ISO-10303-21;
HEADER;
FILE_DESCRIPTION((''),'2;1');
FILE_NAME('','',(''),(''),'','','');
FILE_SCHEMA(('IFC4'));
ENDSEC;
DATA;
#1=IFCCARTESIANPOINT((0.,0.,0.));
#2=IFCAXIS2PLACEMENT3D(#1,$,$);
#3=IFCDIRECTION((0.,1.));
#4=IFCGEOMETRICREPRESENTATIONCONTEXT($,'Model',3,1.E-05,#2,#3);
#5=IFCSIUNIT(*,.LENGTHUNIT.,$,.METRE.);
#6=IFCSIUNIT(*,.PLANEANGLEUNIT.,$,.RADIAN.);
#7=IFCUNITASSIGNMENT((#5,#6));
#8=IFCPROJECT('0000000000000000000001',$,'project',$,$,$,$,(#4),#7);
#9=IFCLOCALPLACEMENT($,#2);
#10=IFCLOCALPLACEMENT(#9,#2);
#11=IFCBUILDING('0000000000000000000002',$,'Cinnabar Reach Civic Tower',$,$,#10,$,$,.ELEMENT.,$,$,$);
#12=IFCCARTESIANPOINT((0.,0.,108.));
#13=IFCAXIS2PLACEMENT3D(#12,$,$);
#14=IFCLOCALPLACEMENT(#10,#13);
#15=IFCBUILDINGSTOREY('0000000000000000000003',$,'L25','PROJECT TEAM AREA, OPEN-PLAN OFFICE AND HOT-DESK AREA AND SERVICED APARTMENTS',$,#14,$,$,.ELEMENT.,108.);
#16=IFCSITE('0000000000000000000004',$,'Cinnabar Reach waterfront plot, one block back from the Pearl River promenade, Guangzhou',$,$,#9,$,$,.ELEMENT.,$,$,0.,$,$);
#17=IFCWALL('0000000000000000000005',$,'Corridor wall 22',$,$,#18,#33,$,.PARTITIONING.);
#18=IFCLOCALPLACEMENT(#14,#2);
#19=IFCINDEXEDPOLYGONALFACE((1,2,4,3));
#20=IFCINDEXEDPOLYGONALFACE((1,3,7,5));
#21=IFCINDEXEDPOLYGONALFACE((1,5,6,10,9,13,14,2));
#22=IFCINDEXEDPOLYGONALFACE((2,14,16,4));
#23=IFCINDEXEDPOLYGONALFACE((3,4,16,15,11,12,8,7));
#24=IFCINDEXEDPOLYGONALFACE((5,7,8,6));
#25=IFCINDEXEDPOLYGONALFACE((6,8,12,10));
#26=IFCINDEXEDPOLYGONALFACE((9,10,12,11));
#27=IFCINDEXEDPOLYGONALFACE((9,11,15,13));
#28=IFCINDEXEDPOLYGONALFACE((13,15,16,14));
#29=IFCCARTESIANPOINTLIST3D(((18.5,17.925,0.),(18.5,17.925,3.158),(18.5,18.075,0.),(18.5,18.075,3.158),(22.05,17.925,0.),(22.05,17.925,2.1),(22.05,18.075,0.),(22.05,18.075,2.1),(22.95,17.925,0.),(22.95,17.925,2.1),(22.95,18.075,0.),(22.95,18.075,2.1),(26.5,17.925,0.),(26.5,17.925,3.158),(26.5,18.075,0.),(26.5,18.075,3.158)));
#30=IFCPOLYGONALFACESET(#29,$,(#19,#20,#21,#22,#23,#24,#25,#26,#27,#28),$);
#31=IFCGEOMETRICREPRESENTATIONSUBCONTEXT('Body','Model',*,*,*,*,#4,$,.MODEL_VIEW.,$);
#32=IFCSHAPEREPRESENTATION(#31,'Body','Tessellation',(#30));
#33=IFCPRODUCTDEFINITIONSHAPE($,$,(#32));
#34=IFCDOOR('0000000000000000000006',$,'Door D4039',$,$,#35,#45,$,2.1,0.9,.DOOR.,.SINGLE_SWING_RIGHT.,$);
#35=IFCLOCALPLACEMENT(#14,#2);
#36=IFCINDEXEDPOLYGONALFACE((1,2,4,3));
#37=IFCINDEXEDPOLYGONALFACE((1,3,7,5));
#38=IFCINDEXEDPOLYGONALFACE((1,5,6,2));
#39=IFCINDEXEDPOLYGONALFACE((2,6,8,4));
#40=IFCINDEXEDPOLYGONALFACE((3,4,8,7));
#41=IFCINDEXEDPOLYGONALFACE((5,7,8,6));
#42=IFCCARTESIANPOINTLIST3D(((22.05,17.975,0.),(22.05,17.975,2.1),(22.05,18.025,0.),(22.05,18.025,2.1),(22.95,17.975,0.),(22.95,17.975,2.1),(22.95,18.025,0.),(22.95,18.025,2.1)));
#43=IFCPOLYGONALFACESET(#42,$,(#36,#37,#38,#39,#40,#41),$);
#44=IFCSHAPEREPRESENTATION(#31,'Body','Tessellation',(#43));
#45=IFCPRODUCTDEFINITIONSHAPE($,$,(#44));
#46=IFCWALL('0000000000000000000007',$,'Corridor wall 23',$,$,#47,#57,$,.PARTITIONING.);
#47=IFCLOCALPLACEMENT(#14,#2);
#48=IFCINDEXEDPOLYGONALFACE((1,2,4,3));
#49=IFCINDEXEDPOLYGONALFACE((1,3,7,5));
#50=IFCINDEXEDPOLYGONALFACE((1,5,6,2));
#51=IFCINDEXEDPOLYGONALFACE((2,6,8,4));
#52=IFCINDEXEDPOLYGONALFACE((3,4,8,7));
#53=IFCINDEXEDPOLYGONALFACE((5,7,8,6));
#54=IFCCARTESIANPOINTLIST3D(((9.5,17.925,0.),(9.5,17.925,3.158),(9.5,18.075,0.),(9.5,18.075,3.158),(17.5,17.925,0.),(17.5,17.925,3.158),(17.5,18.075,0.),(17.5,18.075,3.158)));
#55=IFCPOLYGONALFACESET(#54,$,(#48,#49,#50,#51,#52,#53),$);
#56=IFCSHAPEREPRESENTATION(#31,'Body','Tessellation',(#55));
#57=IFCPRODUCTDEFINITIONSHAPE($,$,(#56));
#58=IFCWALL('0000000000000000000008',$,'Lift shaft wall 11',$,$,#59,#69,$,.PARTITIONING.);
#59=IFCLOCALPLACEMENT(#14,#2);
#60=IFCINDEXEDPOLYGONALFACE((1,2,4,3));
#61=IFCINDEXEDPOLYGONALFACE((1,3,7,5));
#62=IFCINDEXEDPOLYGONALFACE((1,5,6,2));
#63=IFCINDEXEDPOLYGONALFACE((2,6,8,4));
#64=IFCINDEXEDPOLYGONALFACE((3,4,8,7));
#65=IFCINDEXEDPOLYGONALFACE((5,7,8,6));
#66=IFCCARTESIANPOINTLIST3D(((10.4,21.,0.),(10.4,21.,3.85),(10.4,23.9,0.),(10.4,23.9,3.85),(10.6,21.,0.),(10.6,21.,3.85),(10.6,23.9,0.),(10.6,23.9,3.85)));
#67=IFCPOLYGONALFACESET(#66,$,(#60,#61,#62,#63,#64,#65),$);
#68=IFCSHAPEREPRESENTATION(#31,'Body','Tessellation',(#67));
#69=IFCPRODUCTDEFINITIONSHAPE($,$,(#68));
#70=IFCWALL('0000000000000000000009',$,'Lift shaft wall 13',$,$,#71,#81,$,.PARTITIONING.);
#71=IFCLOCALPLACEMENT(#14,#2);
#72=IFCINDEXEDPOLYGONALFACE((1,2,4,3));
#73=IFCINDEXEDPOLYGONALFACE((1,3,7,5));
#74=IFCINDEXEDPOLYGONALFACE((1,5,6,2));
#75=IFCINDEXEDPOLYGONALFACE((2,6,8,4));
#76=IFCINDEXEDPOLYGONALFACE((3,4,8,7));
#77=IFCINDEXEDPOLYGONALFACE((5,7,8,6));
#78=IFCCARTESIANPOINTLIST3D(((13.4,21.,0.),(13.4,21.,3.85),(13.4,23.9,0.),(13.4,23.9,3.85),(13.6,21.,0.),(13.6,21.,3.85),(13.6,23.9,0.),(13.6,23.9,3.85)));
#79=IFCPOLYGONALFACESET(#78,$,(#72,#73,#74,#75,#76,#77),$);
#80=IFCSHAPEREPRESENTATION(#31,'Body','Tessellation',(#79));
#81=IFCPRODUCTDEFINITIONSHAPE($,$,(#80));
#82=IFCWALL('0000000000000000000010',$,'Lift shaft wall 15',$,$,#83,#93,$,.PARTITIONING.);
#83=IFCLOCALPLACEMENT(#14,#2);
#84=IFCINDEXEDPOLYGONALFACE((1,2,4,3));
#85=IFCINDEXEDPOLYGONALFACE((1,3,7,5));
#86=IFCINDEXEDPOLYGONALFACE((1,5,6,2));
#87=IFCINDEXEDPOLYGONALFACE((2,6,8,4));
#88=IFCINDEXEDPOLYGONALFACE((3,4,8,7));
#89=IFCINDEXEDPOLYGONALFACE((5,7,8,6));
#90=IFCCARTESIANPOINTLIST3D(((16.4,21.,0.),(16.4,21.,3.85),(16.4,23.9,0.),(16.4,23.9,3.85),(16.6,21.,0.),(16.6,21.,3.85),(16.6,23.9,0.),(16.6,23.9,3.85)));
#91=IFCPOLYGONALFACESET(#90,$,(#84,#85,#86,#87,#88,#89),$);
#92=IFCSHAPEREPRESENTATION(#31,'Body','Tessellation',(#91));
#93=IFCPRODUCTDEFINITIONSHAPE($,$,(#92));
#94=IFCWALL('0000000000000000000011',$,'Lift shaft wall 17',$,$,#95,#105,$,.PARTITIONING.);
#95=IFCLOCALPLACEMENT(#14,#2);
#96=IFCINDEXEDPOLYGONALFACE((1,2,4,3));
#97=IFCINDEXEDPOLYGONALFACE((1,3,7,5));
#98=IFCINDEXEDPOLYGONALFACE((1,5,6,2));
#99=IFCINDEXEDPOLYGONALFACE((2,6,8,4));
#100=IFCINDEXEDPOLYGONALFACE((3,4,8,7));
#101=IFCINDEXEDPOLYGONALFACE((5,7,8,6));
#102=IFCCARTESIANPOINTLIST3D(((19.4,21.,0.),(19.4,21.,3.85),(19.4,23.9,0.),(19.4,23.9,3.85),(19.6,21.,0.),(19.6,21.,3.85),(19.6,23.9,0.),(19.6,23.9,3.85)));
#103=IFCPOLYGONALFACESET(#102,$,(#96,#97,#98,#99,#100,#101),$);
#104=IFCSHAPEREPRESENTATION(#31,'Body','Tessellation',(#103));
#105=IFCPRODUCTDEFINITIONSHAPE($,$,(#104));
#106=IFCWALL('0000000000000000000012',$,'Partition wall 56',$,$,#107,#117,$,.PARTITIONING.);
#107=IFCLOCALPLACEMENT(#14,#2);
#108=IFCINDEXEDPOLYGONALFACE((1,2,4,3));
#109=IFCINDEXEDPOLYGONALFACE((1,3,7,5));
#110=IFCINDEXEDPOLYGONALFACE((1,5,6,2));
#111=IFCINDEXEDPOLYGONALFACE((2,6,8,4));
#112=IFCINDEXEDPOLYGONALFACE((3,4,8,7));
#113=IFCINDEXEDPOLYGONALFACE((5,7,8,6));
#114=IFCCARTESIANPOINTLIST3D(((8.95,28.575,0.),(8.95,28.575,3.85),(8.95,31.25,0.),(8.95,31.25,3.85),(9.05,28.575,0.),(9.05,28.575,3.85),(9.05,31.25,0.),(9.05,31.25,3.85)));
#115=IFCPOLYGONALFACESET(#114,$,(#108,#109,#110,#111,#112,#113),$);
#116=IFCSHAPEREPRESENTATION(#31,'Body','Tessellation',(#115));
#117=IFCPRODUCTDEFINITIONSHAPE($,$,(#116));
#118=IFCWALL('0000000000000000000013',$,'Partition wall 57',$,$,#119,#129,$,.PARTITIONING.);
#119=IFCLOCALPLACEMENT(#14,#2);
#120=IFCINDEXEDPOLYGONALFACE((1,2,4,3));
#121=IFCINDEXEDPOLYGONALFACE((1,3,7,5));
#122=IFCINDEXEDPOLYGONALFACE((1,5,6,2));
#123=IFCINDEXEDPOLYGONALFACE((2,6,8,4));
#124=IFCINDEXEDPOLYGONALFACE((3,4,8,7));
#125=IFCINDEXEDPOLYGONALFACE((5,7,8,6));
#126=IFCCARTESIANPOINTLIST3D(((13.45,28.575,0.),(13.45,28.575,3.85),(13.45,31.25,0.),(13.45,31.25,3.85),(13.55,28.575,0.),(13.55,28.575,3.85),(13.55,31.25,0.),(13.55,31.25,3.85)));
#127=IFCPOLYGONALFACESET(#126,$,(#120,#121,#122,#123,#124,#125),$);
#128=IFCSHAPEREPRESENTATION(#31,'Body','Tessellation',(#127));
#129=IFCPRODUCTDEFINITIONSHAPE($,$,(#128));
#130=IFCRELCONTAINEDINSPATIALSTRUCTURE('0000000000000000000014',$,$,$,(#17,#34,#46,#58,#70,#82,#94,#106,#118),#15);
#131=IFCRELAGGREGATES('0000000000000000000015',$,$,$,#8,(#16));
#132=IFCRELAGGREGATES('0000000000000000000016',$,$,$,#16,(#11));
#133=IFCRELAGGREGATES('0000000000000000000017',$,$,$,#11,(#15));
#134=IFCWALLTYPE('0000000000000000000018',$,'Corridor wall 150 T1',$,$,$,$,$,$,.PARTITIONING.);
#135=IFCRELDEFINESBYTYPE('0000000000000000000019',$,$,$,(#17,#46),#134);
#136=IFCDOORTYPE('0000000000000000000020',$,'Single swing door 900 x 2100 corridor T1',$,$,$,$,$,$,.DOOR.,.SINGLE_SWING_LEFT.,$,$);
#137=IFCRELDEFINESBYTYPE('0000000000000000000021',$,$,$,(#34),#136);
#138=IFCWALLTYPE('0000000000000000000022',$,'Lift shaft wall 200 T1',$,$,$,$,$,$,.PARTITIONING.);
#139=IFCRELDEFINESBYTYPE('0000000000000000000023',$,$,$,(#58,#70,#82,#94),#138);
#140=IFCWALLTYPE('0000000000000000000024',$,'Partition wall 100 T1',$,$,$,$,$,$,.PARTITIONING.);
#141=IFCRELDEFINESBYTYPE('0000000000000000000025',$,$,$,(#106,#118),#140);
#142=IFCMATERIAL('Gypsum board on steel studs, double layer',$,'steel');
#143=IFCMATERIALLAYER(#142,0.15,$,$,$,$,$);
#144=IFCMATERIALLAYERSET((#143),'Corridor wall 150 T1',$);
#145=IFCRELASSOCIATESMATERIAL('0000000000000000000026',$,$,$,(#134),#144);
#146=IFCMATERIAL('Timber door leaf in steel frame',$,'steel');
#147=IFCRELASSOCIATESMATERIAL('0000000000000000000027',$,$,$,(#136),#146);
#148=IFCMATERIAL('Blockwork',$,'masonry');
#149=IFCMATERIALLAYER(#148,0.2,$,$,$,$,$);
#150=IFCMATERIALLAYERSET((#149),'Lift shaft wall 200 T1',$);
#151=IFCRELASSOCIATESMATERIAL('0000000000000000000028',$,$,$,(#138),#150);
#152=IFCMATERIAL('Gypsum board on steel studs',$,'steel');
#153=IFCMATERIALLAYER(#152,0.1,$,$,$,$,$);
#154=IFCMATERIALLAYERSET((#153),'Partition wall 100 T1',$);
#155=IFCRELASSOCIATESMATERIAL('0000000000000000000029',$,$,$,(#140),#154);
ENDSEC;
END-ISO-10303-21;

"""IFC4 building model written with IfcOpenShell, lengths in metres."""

from ifc_helpers import new_model, si_unit, direction, frame, frame_2d, origin, place, context, subcontext, project, spatial, rectangle, extrude, material, layer, layer_set, type_object, element, fill, save


model = new_model("IFC4")

# Units and contexts
model_context = context("Model", 3, precision=1e-05, world=origin(), true_north=direction((0.0, 1.0)))
body_context = subcontext(model_context, "Body", "Model", "MODEL_VIEW")
ifc_project = project(units=[si_unit("LENGTHUNIT", "METRE"), si_unit("PLANEANGLEUNIT", "RADIAN")], contexts=[model_context])

# Site, building, storey
site_placement = place(None, origin())
site = spatial("IfcSite", under=ifc_project, at=site_placement, Name="Cinnabar Reach waterfront plot, one block back from the Pearl River promenade, Guangzhou", CompositionType="ELEMENT", RefElevation=0.0)
building_placement = place(site_placement, origin())
building = spatial("IfcBuilding", under=site, at=building_placement, Name="Cinnabar Reach Civic Tower", CompositionType="ELEMENT")
storey_placement = place(building_placement, frame((0.0, 0.0, 108.0)))
storey = spatial("IfcBuildingStorey", under=building, at=storey_placement, Name="L25", Description="PROJECT TEAM AREA, OPEN-PLAN OFFICE AND HOT-DESK AREA AND SERVICED APARTMENTS", CompositionType="ELEMENT", Elevation=108.0)

# Wall, opening, door
ifc_material_1 = material(Name="Timber door leaf in steel frame", Category="steel")
ifc_material_2 = material(Name="Gypsum board on steel studs, double layer", Category="steel")
ifc_layer_1 = layer(ifc_material_2, 0.15)
ifc_layer_set_1 = layer_set([ifc_layer_1], Name="Corridor wall 150 T1")
wall_type_1 = type_object("IfcWallType", Name="Corridor wall 150 T1", PredefinedType="PARTITIONING", material=ifc_layer_set_1)
wall_1_placement = place(storey_placement, frame((18.5, 18.0, 0.0), z_axis=(0.0, 0.0, 1.0), x_axis=(1.0, 0.0, 0.0)))
wall_1 = element("IfcWall", 1, at=wall_1_placement, inside=storey, type_object=wall_type_1, Name="Corridor wall 22", PredefinedType="PARTITIONING", context=body_context, shape_type="SweptSolid", body=[
    extrude(rectangle(XDim=8.0, YDim=0.15, at=frame_2d((4.0, 0.0))), origin(), (0.0, 0.0, 1.0), 3.158),
])
opening_1_placement = place(wall_1_placement, frame((3.55, 0.0, 0.0)))
opening_1 = element("IfcOpeningElement", 2, at=opening_1_placement, cuts=wall_1, PredefinedType="OPENING", context=body_context, shape_type="SweptSolid", body=[
    extrude(rectangle(XDim=0.9, YDim=2.1, at=frame_2d((0.45, 1.05))), frame((0.0, 0.085, 0.0), z_axis=(0.0, -1.0, 0.0), x_axis=(1.0, 0.0, 0.0)), (0.0, 0.0, 1.0), 0.17),
])
door_type_1 = type_object("IfcDoorType", Name="Single swing door 900 x 2100 corridor T1", OperationType="SINGLE_SWING_LEFT", PredefinedType="DOOR", material=ifc_material_1)
door_1_placement = place(opening_1_placement, frame((0.9, 0.0, 0.0), z_axis=(0.0, 0.0, 1.0), x_axis=(-1.0, 0.0, 0.0)))
door_1 = element("IfcDoor", 3, at=door_1_placement, inside=storey, type_object=door_type_1, Name="Door D4039", OperationType="SINGLE_SWING_RIGHT", OverallHeight=2.1, OverallWidth=0.9, PredefinedType="DOOR", context=body_context, shape_type="SweptSolid", body=[
    extrude(rectangle(XDim=0.9, YDim=2.1, at=frame_2d((0.45, 1.05))), frame((0.0, 0.025, 0.0), z_axis=(0.0, -1.0, 0.0), x_axis=(1.0, 0.0, 0.0)), (0.0, 0.0, 1.0), 0.05),
])
fill(opening_1, door_1)

# Walls
wall_2_placement = place(storey_placement, frame((9.5, 18.0, 0.0), z_axis=(0.0, 0.0, 1.0), x_axis=(1.0, 0.0, 0.0)))
element("IfcWall", 4, at=wall_2_placement, inside=storey, type_object=wall_type_1, Name="Corridor wall 23", PredefinedType="PARTITIONING", context=body_context, shape_type="SweptSolid", body=[
    extrude(rectangle(XDim=8.0, YDim=0.15, at=frame_2d((4.0, 0.0))), origin(), (0.0, 0.0, 1.0), 3.158),
])
ifc_material_3 = material(Name="Blockwork", Category="masonry")
ifc_layer_2 = layer(ifc_material_3, 0.2)
ifc_layer_set_2 = layer_set([ifc_layer_2], Name="Lift shaft wall 200 T1")
wall_type_2 = type_object("IfcWallType", Name="Lift shaft wall 200 T1", PredefinedType="PARTITIONING", material=ifc_layer_set_2)
for number, where, z_axis, x_axis, name in (
    (5, (10.5, 21.0, 0.0), (0.0, 0.0, 1.0), (0.0, 1.0, 0.0), "Lift shaft wall 11"),
    (6, (13.5, 21.0, 0.0), (0.0, 0.0, 1.0), (0.0, 1.0, 0.0), "Lift shaft wall 13"),
    (7, (16.5, 21.0, 0.0), (0.0, 0.0, 1.0), (0.0, 1.0, 0.0), "Lift shaft wall 15"),
    (8, (19.5, 21.0, 0.0), (0.0, 0.0, 1.0), (0.0, 1.0, 0.0), "Lift shaft wall 17"),
):
    element("IfcWall", number, at=place(storey_placement, frame(where, z_axis=z_axis, x_axis=x_axis)), inside=storey, type_object=wall_type_2, Name=name, PredefinedType="PARTITIONING", context=body_context, shape_type="SweptSolid", body=[
        extrude(rectangle(XDim=2.9, YDim=0.2, at=frame_2d((1.45, 0.0))), origin(), (0.0, 0.0, 1.0), 3.85),
    ])
ifc_material_4 = material(Name="Gypsum board on steel studs", Category="steel")
ifc_layer_3 = layer(ifc_material_4, 0.1)
ifc_layer_set_3 = layer_set([ifc_layer_3], Name="Partition wall 100 T1")
wall_type_3 = type_object("IfcWallType", Name="Partition wall 100 T1", PredefinedType="PARTITIONING", material=ifc_layer_set_3)
for number, where, z_axis, x_axis, name in (
    (9, (9.0, 28.575, 0.0), (0.0, 0.0, 1.0), (0.0, 1.0, 0.0), "Partition wall 56"),
    (10, (13.5, 28.575, 0.0), (0.0, 0.0, 1.0), (0.0, 1.0, 0.0), "Partition wall 57"),
):
    element("IfcWall", number, at=place(storey_placement, frame(where, z_axis=z_axis, x_axis=x_axis)), inside=storey, type_object=wall_type_3, Name=name, PredefinedType="PARTITIONING", context=body_context, shape_type="SweptSolid", body=[
        extrude(rectangle(XDim=2.675, YDim=0.1, at=frame_2d((1.3375, 0.0))), origin(), (0.0, 0.0, 1.0), 3.85),
    ])

save(model, "model.ifc")
